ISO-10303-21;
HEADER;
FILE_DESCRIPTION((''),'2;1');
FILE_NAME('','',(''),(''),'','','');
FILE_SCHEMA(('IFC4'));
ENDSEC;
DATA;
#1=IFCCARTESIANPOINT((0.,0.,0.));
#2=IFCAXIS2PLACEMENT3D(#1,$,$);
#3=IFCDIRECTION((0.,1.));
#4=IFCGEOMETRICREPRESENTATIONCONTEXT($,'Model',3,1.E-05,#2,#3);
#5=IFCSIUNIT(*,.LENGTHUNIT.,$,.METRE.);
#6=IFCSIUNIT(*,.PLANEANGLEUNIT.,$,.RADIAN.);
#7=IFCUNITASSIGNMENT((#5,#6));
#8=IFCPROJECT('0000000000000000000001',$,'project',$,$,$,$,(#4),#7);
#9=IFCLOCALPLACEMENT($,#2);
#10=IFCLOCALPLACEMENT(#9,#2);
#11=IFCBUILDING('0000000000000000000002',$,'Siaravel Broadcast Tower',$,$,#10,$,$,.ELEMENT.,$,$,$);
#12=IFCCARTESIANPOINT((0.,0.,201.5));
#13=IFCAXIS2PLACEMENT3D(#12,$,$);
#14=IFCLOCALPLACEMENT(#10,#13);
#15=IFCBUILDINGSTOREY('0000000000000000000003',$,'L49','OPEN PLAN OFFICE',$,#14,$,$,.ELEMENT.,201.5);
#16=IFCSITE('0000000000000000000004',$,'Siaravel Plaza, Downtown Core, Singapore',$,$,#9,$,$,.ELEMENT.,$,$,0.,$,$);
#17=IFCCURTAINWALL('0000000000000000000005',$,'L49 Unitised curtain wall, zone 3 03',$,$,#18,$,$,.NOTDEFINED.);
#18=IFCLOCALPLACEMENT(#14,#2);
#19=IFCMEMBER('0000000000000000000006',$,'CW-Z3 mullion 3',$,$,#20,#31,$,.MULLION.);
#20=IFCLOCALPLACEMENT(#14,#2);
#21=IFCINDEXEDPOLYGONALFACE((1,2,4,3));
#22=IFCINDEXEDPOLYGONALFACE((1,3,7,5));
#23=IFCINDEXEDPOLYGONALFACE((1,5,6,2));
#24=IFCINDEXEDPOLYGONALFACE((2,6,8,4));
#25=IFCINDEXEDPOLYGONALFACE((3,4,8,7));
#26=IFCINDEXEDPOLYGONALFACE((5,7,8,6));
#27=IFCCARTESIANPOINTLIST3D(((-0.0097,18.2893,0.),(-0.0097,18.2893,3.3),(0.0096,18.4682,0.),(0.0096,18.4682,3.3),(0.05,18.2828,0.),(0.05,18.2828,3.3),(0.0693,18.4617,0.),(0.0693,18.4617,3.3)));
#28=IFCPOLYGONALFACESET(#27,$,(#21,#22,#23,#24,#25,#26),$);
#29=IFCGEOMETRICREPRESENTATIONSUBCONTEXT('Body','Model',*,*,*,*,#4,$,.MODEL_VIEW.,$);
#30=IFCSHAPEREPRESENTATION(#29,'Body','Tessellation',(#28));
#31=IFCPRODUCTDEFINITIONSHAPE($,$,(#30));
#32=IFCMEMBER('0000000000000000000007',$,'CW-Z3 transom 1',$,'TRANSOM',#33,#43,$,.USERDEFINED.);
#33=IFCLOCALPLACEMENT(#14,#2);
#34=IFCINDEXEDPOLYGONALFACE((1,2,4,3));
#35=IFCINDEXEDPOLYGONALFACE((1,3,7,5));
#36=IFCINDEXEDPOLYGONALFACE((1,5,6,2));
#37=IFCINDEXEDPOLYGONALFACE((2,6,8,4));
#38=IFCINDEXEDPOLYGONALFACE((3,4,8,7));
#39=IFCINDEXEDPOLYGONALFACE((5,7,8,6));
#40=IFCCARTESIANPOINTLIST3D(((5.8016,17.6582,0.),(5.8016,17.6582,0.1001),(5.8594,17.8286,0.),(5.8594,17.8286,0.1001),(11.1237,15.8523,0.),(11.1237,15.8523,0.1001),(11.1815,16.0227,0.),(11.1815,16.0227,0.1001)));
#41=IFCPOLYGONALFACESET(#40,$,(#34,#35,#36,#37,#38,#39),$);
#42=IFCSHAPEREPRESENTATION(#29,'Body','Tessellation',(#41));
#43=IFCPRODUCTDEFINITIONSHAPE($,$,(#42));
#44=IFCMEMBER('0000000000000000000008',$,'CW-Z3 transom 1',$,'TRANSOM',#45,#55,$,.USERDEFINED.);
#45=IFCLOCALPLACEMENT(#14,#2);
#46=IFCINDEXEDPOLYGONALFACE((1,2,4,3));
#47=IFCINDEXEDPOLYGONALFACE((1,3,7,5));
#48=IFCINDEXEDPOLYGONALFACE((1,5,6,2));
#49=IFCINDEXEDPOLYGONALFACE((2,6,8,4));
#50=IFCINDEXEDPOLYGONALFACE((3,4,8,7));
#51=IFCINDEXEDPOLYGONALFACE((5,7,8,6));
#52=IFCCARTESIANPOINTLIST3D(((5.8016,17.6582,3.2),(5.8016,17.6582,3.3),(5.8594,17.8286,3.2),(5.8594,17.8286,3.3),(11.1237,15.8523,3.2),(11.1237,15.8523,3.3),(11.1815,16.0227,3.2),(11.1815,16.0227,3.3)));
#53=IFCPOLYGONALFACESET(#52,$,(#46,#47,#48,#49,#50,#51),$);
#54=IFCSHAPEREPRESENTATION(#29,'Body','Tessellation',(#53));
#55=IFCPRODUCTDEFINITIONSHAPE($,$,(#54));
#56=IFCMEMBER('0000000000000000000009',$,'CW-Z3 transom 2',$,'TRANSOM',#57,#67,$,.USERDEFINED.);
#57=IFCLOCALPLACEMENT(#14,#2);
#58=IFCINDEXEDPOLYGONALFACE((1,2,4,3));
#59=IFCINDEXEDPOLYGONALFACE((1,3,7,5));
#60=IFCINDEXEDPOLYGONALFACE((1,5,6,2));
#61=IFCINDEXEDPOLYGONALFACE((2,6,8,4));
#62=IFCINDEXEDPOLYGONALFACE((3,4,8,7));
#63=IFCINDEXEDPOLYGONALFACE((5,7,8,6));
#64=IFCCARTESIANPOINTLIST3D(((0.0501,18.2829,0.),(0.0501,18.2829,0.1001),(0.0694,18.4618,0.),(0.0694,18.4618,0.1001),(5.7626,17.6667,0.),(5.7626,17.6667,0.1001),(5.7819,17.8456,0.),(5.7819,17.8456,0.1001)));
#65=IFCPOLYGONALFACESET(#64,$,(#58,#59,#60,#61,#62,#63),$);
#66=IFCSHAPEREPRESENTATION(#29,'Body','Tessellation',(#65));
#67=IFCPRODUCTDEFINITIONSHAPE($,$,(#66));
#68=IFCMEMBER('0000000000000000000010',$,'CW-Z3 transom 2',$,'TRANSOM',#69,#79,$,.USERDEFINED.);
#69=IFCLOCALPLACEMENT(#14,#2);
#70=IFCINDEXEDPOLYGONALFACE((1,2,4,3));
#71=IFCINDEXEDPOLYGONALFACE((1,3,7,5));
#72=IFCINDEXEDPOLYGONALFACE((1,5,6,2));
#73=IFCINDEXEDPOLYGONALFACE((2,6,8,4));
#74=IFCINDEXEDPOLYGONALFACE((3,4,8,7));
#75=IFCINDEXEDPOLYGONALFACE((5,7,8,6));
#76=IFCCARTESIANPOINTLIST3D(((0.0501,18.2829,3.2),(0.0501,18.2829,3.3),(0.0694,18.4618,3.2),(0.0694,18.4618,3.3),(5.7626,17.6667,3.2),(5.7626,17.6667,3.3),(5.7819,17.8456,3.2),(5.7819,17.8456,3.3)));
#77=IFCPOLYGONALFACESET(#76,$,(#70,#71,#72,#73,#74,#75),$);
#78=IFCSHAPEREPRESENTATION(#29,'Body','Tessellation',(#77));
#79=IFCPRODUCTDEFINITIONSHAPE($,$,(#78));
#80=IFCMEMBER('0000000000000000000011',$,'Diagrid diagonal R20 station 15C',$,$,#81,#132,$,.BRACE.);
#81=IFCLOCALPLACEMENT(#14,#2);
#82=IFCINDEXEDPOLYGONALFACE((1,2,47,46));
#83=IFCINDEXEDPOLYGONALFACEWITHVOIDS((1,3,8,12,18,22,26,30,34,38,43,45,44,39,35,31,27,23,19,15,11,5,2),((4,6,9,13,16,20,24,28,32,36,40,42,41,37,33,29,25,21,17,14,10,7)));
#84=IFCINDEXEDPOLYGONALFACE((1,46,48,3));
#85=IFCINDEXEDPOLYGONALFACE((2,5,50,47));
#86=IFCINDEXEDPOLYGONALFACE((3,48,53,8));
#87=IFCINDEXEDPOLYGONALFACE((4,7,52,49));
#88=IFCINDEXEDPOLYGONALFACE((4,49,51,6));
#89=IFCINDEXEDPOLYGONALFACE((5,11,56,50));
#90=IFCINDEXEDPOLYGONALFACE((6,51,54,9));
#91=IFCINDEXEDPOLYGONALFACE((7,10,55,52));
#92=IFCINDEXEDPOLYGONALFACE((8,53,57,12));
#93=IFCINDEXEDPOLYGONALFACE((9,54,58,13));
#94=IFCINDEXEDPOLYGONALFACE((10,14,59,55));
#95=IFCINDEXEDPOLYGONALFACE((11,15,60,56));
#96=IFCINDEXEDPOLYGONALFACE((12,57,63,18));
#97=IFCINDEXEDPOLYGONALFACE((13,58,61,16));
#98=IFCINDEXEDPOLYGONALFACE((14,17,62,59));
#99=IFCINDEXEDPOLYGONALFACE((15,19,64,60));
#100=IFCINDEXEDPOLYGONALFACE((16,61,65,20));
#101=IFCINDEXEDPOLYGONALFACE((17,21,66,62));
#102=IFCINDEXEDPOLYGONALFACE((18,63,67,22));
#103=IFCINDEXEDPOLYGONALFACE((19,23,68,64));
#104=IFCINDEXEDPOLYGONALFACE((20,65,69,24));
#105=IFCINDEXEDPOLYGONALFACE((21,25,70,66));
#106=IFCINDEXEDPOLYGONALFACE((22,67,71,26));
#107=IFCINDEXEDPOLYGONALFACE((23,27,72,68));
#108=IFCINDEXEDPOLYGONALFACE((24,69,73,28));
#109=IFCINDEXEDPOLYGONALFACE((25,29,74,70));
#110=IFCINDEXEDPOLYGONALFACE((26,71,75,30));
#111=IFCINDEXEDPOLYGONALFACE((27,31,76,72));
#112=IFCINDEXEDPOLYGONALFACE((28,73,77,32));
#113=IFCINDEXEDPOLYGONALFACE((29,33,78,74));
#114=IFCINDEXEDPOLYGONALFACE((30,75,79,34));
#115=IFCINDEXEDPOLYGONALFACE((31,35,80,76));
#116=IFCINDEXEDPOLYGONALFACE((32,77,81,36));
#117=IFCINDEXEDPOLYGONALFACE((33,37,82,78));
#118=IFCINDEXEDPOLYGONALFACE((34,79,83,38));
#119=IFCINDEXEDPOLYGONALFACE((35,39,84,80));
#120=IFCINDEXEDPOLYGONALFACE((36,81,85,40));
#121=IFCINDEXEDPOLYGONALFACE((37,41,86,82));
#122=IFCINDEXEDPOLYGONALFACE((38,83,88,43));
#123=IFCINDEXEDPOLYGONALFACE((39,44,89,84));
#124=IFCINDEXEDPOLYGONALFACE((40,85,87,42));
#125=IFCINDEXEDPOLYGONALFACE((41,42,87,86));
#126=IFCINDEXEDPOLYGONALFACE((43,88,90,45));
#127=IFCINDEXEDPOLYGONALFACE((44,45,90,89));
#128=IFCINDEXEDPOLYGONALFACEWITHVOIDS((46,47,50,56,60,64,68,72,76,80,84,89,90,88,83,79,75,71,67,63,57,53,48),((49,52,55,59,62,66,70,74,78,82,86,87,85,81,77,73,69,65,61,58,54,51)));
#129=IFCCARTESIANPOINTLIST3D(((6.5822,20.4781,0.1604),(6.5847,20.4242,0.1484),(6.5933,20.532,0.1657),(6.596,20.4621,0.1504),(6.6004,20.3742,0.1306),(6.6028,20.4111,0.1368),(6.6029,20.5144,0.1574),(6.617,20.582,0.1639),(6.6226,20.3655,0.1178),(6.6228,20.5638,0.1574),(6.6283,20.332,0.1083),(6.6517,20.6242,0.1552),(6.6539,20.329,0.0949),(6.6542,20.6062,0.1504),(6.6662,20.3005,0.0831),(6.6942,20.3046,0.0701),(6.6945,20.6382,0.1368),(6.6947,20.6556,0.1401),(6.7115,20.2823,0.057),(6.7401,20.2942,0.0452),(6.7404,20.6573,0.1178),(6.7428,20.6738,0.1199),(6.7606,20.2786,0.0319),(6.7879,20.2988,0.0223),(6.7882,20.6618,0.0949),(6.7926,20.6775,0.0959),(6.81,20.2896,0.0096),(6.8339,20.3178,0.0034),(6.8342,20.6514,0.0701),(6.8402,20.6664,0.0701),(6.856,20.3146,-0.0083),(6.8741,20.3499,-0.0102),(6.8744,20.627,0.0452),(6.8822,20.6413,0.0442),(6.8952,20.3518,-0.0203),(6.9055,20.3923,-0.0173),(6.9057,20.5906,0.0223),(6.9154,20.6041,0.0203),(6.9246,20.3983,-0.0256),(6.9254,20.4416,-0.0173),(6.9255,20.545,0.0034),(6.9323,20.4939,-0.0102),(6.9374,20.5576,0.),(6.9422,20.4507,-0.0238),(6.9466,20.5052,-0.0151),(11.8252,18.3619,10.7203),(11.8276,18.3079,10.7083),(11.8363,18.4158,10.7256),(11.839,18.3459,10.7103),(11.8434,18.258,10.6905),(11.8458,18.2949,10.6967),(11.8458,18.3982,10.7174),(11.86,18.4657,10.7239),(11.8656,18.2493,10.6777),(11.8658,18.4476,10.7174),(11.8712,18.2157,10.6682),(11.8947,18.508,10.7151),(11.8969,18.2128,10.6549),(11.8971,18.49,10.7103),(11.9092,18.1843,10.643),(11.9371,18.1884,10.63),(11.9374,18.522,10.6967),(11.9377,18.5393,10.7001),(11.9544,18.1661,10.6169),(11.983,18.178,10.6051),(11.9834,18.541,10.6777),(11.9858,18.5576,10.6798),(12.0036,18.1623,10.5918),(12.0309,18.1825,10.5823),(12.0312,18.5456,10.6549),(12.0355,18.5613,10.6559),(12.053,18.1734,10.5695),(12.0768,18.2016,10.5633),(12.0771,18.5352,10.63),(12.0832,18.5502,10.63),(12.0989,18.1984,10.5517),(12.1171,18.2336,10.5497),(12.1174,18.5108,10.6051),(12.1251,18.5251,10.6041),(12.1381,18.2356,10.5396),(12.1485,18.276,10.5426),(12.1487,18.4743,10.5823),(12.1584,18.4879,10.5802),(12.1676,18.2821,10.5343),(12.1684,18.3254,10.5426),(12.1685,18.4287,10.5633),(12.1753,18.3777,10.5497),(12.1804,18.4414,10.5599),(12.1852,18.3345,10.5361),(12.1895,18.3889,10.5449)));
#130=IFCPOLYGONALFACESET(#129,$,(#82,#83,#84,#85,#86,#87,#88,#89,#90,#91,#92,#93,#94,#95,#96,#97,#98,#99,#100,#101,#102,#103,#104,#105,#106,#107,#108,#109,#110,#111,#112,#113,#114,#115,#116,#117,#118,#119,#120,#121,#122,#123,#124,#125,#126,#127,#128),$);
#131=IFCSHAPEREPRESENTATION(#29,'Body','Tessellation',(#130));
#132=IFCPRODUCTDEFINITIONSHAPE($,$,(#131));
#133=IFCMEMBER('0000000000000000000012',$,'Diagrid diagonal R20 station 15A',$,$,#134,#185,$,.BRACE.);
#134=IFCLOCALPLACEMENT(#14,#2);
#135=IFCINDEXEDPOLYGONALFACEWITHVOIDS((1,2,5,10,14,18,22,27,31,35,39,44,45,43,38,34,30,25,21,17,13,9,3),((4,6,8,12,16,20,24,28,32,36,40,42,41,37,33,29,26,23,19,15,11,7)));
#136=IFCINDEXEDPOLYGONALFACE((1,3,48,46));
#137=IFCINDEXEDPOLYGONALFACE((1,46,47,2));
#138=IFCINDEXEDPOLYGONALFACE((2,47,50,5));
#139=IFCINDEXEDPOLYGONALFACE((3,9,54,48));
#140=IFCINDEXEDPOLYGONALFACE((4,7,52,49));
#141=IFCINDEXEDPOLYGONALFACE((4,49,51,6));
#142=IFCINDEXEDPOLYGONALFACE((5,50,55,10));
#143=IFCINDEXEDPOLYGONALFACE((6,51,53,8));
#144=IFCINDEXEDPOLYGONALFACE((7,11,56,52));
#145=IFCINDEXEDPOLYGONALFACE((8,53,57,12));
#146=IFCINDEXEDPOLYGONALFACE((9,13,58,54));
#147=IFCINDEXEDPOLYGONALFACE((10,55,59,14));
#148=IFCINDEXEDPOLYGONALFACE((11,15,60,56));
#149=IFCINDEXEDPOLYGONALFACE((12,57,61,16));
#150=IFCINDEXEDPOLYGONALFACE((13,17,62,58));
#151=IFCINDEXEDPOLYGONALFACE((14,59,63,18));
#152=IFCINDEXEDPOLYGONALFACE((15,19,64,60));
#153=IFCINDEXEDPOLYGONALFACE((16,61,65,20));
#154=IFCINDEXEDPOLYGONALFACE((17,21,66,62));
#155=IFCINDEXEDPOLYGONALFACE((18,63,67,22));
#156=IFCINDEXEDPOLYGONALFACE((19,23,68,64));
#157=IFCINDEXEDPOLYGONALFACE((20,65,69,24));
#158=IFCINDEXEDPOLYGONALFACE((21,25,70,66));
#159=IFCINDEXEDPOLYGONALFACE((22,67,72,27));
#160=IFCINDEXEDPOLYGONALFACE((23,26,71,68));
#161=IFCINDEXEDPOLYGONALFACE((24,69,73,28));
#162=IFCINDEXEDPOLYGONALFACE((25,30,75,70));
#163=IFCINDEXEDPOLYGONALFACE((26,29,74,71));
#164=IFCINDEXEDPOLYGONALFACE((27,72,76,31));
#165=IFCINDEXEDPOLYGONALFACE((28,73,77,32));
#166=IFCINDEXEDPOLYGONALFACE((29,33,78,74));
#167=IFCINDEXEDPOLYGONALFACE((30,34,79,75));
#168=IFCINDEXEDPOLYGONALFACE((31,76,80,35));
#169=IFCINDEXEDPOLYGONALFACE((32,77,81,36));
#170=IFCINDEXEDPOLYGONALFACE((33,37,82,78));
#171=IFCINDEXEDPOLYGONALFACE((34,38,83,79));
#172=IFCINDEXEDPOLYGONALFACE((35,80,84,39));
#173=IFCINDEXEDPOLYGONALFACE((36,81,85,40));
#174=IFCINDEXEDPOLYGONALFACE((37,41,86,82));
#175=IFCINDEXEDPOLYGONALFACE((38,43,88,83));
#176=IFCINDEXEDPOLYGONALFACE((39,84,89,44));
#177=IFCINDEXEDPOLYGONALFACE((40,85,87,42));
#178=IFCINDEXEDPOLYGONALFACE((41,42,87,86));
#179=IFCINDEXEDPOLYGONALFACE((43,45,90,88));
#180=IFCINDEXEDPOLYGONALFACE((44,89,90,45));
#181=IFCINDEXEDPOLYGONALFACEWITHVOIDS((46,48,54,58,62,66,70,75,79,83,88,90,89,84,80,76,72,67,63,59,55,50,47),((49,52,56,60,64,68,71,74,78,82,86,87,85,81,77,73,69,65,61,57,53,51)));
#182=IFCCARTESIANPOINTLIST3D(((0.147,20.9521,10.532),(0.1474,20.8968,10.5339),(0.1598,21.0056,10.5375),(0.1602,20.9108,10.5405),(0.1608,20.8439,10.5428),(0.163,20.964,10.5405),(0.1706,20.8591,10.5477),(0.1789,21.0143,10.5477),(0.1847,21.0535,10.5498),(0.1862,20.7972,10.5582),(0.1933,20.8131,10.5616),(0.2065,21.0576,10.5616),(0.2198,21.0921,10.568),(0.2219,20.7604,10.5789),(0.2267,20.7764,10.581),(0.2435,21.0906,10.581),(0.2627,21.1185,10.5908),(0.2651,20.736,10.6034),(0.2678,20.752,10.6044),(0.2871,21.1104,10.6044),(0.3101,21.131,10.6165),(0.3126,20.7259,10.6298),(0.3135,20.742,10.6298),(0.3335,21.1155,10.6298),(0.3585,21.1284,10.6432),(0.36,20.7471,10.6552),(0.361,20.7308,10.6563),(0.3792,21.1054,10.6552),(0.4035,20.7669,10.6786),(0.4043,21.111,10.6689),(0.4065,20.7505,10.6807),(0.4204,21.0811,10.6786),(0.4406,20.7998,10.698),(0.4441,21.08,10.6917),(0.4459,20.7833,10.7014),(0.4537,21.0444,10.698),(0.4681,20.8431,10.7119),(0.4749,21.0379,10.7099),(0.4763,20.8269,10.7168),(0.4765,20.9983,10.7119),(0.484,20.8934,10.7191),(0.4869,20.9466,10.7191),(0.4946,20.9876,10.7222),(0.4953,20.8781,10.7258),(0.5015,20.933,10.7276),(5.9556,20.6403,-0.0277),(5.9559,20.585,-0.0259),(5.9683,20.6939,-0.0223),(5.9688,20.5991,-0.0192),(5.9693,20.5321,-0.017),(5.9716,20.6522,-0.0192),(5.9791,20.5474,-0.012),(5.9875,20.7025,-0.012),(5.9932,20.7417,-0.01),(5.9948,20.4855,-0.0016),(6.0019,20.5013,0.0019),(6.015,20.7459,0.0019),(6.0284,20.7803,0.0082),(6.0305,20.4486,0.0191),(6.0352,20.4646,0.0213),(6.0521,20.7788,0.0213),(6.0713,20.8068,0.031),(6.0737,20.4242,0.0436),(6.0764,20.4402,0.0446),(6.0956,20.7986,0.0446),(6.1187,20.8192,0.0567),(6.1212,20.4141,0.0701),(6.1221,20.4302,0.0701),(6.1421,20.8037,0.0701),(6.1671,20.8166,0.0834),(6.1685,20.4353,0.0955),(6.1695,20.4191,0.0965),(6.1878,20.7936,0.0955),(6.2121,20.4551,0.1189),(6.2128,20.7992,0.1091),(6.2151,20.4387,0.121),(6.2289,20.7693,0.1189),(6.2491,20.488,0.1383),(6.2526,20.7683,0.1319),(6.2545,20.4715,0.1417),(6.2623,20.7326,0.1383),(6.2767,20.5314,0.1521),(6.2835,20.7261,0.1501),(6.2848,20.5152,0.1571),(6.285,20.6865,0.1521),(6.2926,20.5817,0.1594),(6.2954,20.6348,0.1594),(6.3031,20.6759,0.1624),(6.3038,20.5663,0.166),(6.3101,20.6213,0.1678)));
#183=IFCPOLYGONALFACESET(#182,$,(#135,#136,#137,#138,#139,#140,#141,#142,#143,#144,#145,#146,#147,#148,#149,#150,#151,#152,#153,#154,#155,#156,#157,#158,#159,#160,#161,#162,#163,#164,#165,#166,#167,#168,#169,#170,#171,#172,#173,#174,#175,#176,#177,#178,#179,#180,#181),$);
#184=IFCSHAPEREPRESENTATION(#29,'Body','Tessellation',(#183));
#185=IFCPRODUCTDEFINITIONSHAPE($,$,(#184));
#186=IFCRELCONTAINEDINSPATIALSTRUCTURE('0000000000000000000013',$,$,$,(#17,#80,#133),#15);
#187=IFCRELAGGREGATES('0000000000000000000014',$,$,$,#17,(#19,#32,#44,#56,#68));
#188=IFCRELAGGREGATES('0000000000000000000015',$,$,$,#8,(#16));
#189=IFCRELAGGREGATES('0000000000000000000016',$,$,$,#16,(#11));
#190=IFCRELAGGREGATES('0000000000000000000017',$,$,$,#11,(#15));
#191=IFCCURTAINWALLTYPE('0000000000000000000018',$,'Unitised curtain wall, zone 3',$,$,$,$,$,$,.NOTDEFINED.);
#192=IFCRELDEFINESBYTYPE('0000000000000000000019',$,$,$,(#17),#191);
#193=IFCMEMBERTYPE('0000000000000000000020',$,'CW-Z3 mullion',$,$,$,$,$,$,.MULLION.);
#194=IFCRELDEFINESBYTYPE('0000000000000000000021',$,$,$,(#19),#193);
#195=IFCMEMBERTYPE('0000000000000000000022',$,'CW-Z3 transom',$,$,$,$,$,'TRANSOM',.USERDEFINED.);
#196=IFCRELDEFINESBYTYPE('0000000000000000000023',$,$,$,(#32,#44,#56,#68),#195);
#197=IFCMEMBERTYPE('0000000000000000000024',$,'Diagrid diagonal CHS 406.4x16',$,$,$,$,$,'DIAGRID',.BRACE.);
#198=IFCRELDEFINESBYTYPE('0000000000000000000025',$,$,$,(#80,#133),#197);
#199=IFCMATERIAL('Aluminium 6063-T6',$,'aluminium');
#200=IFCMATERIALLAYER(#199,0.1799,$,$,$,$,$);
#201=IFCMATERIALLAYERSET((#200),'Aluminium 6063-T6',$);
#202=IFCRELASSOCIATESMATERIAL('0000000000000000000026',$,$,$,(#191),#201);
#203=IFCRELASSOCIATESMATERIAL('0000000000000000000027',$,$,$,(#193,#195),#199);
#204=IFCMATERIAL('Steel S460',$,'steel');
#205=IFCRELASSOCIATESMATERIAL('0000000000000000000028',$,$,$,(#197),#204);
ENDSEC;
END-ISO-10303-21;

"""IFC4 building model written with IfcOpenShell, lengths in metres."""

from ifc_helpers import new_model, si_unit, direction, frame, origin, origin_2d, place, context, subcontext, project, spatial, rectangle, hollow_circle, extrude, material, layer, layer_set, material_profile, profile_set, type_object, element, aggregate, save


model = new_model("IFC4")

# Units and contexts
model_context = context("Model", 3, precision=1e-05, world=origin(), true_north=direction((0.0, 1.0)))
body_context = subcontext(model_context, "Body", "Model", "MODEL_VIEW")
ifc_project = project(units=[si_unit("LENGTHUNIT", "METRE"), si_unit("PLANEANGLEUNIT", "RADIAN")], contexts=[model_context])

# Site, building, storey
site_placement = place(None, origin())
site = spatial("IfcSite", under=ifc_project, at=site_placement, Name="Siaravel Plaza, Downtown Core, Singapore", CompositionType="ELEMENT", RefElevation=0.0)
building_placement = place(site_placement, origin())
building = spatial("IfcBuilding", under=site, at=building_placement, Name="Siaravel Broadcast Tower", CompositionType="ELEMENT")
storey_placement = place(building_placement, frame((0.0, 0.0, 201.5)))
storey = spatial("IfcBuildingStorey", under=building, at=storey_placement, Name="L49", Description="OPEN PLAN OFFICE", CompositionType="ELEMENT", Elevation=201.5)

# Curtain wall, members
ifc_material_1 = material(Name="Aluminium 6063-T6", Category="aluminium")
ifc_layer_1 = layer(ifc_material_1, 0.1799)
ifc_layer_set_1 = layer_set([ifc_layer_1], Name="Aluminium 6063-T6")
curtain_wall_type = type_object("IfcCurtainWallType", Name="Unitised curtain wall, zone 3", PredefinedType="NOTDEFINED", material=ifc_layer_set_1)
curtain_wall_placement = place(storey_placement, origin())
curtain_wall = element("IfcCurtainWall", 1, at=curtain_wall_placement, inside=storey, type_object=curtain_wall_type, Name="L49 Unitised curtain wall, zone 3 03", PredefinedType="NOTDEFINED")
ifc_material_profile_1 = material_profile(ifc_material_1, rectangle(XDim=0.1799, YDim=0.0601, at=origin_2d()))
ifc_profile_set_1 = profile_set([ifc_material_profile_1], Name="Aluminium 6063-T6")
member_type_1 = type_object("IfcMemberType", Name="CW-Z3 mullion", PredefinedType="MULLION", material=ifc_profile_set_1)
member_1_placement = place(storey_placement, frame((0.0298, 18.3755, 0.0), z_axis=(0.0, 0.0, 1.0), x_axis=(-0.107218, -0.994236, 0.0)))
member_1 = element("IfcMember", 2, at=member_1_placement, type_object=member_type_1, Name="CW-Z3 mullion 3", PredefinedType="MULLION", context=body_context, shape_type="SweptSolid", body=[
    extrude(rectangle(XDim=0.1799, YDim=0.0601, at=origin_2d()), origin(), (0.0, 0.0, 1.0), 3.3),
])
ifc_material_profile_2 = material_profile(ifc_material_1, rectangle(XDim=0.1799, YDim=0.1001, at=origin_2d()))
ifc_profile_set_2 = profile_set([ifc_material_profile_2], Name="Aluminium 6063-T6")
member_type_2 = type_object("IfcMemberType", Name="CW-Z3 transom", ElementType="TRANSOM", PredefinedType="USERDEFINED", material=ifc_profile_set_2)
member_2_placement = place(storey_placement, frame((11.1526, 15.9375, 0.05), z_axis=(-0.946967, 0.321332, 0.0), x_axis=(-0.321332, -0.946967, 0.0)))
member_2 = element("IfcMember", 3, at=member_2_placement, type_object=member_type_2, Name="CW-Z3 transom 1", ObjectType="TRANSOM", PredefinedType="USERDEFINED", context=body_context, shape_type="SweptSolid", body=[
    extrude(rectangle(XDim=0.1799, YDim=0.1001, at=origin_2d()), origin(), (0.0, 0.0, 1.0), 5.6201),
])
member_3_placement = place(storey_placement, frame((11.1526, 15.9375, 3.25), z_axis=(-0.946967, 0.321332, 0.0), x_axis=(-0.321332, -0.946967, 0.0)))
member_3 = element("IfcMember", 4, at=member_3_placement, type_object=member_type_2, Name="CW-Z3 transom 1", ObjectType="TRANSOM", PredefinedType="USERDEFINED", context=body_context, shape_type="SweptSolid", body=[
    extrude(rectangle(XDim=0.1799, YDim=0.1001, at=origin_2d()), origin(), (0.0, 0.0, 1.0), 5.6201),
])
member_4_placement = place(storey_placement, frame((5.7722, 17.7561, 0.05), z_axis=(-0.994232, 0.10725, 0.0), x_axis=(-0.10725, -0.994232, 0.0)))
member_4 = element("IfcMember", 5, at=member_4_placement, type_object=member_type_2, Name="CW-Z3 transom 2", ObjectType="TRANSOM", PredefinedType="USERDEFINED", context=body_context, shape_type="SweptSolid", body=[
    extrude(rectangle(XDim=0.1799, YDim=0.1001, at=origin_2d()), origin(), (0.0, 0.0, 1.0), 5.7456),
])
member_5_placement = place(storey_placement, frame((5.7722, 17.7561, 3.25), z_axis=(-0.994232, 0.10725, 0.0), x_axis=(-0.10725, -0.994232, 0.0)))
member_5 = element("IfcMember", 6, at=member_5_placement, type_object=member_type_2, Name="CW-Z3 transom 2", ObjectType="TRANSOM", PredefinedType="USERDEFINED", context=body_context, shape_type="SweptSolid", body=[
    extrude(rectangle(XDim=0.1799, YDim=0.1001, at=origin_2d()), origin(), (0.0, 0.0, 1.0), 5.7456),
])

# Members
ifc_material_2 = material(Name="Steel S460", Category="steel")
ifc_material_profile_3 = material_profile(ifc_material_2, hollow_circle(Radius=0.2031, WallThickness=0.0161, at=origin_2d()))
ifc_profile_set_3 = profile_set([ifc_material_profile_3], Name="Steel S460")
member_type_3 = type_object("IfcMemberType", Name="Diagrid diagonal CHS 406.4x16", ElementType="DIAGRID", PredefinedType="BRACE", material=ifc_profile_set_3)
member_6_placement = place(storey_placement, frame((6.7642, 20.478, 0.0701), z_axis=(0.437707, -0.176673, 0.881589), x_axis=(0.374292, 0.927311, 0.0)))
element("IfcMember", 7, at=member_6_placement, inside=storey, type_object=member_type_3, Name="Diagrid diagonal R20 station 15C", PredefinedType="BRACE", context=body_context, shape_type="SweptSolid", body=[
    extrude(hollow_circle(Radius=0.2031, WallThickness=0.0161, at=origin_2d()), origin(), (0.0, 0.0, 1.0), 11.9783),
])
member_7_placement = place(storey_placement, frame((6.1321, 20.6169, 0.0701), z_axis=(-0.481802, 0.02586, 0.875899), x_axis=(-0.053596, -0.998563, 0.0)))
element("IfcMember", 8, at=member_7_placement, inside=storey, type_object=member_type_3, Name="Diagrid diagonal R20 station 15A", PredefinedType="BRACE", context=body_context, shape_type="SweptSolid", body=[
    extrude(hollow_circle(Radius=0.2031, WallThickness=0.0161, at=origin_2d()), origin(), (0.0, 0.0, 1.0), 12.0559),
])

aggregate(curtain_wall, [member_1, member_2, member_3, member_4, member_5])

save(model, "model.ifc")
